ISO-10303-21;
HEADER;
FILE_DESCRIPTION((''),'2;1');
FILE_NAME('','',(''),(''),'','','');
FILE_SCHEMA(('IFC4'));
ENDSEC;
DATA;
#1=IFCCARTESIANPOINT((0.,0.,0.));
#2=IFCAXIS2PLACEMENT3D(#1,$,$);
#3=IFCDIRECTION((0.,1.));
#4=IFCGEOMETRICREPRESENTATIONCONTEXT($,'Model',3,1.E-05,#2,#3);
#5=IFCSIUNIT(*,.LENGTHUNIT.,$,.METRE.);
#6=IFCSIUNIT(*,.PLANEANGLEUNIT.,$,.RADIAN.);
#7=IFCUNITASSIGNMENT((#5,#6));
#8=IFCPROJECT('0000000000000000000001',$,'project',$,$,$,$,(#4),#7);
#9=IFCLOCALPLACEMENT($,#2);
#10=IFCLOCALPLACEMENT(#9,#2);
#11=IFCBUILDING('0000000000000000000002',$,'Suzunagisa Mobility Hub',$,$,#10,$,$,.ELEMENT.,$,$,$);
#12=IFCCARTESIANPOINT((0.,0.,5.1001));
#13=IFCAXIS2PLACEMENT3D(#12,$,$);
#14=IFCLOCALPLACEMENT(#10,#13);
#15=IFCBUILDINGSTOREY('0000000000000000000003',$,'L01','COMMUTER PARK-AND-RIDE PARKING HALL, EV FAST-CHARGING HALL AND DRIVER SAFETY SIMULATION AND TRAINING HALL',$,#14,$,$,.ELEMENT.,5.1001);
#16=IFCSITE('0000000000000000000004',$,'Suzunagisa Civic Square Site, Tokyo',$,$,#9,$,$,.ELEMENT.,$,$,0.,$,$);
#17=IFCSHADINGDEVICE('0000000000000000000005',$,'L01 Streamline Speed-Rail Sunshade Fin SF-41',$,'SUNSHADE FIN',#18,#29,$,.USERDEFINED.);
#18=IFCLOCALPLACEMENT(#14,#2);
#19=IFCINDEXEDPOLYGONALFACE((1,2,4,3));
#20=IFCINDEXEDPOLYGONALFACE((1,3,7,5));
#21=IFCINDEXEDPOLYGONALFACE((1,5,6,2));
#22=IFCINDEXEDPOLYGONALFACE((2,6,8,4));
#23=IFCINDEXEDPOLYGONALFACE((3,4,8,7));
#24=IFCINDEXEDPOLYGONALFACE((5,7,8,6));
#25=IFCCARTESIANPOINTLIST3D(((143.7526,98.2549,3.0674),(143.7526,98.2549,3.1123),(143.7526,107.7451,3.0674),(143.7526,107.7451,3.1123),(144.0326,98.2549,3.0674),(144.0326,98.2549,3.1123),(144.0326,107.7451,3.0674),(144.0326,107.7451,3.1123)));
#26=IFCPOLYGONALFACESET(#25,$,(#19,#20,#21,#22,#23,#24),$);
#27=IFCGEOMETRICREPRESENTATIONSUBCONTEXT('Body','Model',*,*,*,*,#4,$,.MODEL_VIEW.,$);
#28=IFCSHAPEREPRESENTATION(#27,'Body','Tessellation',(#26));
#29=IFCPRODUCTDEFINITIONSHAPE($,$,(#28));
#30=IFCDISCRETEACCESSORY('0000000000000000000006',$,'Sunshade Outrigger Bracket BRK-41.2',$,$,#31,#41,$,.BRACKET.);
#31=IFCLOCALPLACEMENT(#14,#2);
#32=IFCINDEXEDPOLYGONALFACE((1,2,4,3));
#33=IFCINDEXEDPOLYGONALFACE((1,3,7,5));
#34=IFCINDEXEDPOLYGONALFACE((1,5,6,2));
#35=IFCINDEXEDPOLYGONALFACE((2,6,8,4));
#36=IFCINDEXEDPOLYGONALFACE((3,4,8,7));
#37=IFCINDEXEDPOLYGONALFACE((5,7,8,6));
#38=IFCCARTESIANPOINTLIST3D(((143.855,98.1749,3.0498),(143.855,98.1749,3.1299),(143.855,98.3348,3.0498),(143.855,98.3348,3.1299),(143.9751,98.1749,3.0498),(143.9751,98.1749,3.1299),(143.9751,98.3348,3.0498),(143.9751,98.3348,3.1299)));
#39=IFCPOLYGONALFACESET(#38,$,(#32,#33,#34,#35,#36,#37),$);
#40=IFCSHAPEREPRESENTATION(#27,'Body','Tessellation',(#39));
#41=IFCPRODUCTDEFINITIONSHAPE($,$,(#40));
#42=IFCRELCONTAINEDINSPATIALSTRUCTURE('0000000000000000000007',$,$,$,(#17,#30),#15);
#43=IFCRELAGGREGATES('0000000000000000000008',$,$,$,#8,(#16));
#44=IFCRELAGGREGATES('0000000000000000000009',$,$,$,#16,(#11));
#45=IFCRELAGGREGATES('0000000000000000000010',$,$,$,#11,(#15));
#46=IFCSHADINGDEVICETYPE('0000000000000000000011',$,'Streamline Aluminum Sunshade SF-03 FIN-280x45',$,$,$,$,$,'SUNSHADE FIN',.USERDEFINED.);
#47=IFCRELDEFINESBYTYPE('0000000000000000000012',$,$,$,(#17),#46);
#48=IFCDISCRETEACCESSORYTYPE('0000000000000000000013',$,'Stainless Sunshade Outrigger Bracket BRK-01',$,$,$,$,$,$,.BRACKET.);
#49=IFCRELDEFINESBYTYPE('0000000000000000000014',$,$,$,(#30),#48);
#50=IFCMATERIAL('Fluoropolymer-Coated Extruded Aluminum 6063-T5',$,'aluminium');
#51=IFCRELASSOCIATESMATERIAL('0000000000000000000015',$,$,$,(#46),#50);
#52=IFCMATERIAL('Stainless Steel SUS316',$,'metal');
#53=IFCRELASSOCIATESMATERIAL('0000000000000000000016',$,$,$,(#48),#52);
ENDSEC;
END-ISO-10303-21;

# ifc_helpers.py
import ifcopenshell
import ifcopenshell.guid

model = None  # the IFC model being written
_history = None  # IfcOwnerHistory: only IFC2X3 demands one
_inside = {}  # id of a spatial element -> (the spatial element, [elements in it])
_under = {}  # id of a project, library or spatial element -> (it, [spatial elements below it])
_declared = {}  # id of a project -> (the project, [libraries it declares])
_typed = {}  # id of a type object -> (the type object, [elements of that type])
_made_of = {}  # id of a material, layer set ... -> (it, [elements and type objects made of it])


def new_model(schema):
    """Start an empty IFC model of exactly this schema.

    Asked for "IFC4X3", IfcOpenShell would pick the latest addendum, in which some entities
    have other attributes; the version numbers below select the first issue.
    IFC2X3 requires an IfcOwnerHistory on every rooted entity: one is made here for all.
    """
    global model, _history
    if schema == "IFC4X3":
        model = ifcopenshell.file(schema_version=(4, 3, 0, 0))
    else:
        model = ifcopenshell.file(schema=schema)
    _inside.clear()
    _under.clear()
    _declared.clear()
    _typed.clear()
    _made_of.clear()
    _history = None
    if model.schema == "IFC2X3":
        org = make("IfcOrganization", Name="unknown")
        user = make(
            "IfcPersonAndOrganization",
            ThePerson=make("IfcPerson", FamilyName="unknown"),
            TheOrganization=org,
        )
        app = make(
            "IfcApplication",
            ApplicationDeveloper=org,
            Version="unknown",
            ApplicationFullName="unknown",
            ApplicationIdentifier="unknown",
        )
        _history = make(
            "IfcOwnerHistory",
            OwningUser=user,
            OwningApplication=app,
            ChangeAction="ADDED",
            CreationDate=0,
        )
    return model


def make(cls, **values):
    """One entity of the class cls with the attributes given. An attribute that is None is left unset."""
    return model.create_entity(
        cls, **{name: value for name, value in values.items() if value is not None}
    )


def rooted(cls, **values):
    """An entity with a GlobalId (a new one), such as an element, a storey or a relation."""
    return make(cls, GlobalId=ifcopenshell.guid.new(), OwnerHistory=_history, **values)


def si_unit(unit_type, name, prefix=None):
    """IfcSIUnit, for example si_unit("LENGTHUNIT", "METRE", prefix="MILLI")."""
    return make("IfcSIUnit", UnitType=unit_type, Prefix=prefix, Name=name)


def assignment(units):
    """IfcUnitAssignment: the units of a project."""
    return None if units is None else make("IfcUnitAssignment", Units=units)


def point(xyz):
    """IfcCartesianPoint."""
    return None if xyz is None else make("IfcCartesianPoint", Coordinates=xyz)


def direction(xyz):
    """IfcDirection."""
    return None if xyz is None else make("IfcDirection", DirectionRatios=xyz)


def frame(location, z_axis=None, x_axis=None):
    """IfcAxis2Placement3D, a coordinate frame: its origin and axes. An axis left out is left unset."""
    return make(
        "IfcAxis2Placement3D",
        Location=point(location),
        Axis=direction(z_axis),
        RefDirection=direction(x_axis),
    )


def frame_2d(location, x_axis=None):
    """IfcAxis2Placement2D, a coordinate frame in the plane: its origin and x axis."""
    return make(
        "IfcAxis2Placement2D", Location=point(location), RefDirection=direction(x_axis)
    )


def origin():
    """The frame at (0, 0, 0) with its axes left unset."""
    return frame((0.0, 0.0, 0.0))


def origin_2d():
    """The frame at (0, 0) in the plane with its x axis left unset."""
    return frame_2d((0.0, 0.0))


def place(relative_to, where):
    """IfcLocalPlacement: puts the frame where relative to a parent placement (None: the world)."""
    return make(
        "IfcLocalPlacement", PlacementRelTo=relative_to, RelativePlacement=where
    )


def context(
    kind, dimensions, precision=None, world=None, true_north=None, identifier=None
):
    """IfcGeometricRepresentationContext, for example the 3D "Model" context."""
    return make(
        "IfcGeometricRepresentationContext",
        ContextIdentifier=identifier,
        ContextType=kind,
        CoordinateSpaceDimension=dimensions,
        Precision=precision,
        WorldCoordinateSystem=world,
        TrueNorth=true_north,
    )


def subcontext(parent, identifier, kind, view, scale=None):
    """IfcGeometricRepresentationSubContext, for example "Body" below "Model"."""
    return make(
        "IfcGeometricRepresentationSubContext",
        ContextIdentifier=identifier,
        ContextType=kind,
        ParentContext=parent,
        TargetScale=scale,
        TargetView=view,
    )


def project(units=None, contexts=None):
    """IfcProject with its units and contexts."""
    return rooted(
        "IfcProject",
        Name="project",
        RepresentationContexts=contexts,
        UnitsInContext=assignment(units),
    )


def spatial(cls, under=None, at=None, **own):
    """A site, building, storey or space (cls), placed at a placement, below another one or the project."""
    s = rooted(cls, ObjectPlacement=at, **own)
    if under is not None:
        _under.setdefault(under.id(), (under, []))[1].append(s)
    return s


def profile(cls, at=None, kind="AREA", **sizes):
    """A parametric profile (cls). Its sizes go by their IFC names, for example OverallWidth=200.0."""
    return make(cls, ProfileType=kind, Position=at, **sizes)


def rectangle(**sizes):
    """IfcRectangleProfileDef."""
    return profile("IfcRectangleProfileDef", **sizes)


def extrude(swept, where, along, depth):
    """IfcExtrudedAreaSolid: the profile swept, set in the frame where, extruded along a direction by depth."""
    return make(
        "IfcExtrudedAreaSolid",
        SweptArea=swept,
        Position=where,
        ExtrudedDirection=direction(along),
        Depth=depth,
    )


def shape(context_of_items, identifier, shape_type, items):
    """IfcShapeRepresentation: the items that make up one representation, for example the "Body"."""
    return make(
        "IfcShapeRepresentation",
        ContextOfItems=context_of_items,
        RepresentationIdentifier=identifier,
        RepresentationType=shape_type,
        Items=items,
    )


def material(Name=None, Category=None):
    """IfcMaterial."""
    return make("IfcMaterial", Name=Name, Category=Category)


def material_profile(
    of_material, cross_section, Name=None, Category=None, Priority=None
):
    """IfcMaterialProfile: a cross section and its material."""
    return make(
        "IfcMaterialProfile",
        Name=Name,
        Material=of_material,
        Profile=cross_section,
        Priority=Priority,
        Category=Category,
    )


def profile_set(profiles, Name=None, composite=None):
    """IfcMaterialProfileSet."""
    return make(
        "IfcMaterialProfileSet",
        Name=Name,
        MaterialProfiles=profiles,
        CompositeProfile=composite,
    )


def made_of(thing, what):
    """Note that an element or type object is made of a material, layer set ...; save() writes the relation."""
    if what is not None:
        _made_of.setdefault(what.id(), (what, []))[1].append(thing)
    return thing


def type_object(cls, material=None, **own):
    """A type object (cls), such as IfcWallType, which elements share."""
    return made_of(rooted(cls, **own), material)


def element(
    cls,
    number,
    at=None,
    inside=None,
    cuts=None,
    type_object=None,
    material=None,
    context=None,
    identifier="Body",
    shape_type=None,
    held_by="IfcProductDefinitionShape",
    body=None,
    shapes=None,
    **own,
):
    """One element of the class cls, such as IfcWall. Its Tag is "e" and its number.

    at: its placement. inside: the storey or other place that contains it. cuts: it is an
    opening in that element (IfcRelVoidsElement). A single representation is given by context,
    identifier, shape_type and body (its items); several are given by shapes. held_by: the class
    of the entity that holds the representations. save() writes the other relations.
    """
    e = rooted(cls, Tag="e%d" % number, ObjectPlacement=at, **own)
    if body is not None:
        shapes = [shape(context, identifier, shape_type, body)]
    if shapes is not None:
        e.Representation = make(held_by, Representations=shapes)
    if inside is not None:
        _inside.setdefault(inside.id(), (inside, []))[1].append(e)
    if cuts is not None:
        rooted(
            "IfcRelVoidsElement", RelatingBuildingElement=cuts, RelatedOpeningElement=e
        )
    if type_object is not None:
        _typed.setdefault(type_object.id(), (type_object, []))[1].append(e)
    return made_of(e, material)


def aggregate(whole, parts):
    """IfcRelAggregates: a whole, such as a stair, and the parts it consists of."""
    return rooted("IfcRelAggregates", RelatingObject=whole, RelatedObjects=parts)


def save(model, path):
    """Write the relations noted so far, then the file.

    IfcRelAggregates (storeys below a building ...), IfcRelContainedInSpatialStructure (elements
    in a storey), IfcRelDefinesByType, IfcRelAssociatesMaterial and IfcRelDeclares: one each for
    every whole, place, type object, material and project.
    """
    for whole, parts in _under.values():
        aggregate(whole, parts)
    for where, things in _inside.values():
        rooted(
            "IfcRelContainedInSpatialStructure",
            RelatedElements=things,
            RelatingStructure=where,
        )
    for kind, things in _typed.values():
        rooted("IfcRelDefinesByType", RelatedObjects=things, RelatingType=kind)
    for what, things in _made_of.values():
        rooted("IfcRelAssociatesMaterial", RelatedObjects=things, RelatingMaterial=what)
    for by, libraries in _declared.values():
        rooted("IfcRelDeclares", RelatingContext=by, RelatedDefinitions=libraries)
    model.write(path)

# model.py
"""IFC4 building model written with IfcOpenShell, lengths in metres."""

from ifc_helpers import new_model, si_unit, direction, frame, origin, origin_2d, place, context, subcontext, project, spatial, rectangle, extrude, material, material_profile, profile_set, type_object, element, save


model = new_model("IFC4")

# Units and contexts
model_context = context("Model", 3, precision=1e-05, world=origin(), true_north=direction((0.0, 1.0)))
body_context = subcontext(model_context, "Body", "Model", "MODEL_VIEW")
ifc_project = project(units=[si_unit("LENGTHUNIT", "METRE"), si_unit("PLANEANGLEUNIT", "RADIAN")], contexts=[model_context])

# Site, building, storey
site_placement = place(None, origin())
site = spatial("IfcSite", under=ifc_project, at=site_placement, Name="Suzunagisa Civic Square Site, Tokyo", CompositionType="ELEMENT", RefElevation=0.0)
building_placement = place(site_placement, origin())
building = spatial("IfcBuilding", under=site, at=building_placement, Name="Suzunagisa Mobility Hub", CompositionType="ELEMENT")
storey_placement = place(building_placement, frame((0.0, 0.0, 5.1001)))
storey = spatial("IfcBuildingStorey", under=building, at=storey_placement, Name="L01", Description="COMMUTER PARK-AND-RIDE PARKING HALL, EV FAST-CHARGING HALL AND DRIVER SAFETY SIMULATION AND TRAINING HALL", CompositionType="ELEMENT", Elevation=5.1001)

# Shading device
ifc_material_1 = material(Name="Fluoropolymer-Coated Extruded Aluminum 6063-T5", Category="aluminium")
ifc_material_profile_1 = material_profile(ifc_material_1, rectangle(XDim=0.28, YDim=0.0449, at=origin_2d()), Name="FIN-280x45")
ifc_profile_set_1 = profile_set([ifc_material_profile_1], Name="Fluoropolymer-Coated Extruded Aluminum 6063-T5")
shading_device_type = type_object("IfcShadingDeviceType", Name="Streamline Aluminum Sunshade SF-03 FIN-280x45", ElementType="SUNSHADE FIN", PredefinedType="USERDEFINED", material=ifc_profile_set_1)
shading_device_placement = place(storey_placement, frame((143.8926, 107.7451, 3.0898), z_axis=(0.0, -1.0, 0.0), x_axis=(1.0, 0.0, 0.0)))
element("IfcShadingDevice", 1, at=shading_device_placement, inside=storey, type_object=shading_device_type, Name="L01 Streamline Speed-Rail Sunshade Fin SF-41", ObjectType="SUNSHADE FIN", PredefinedType="USERDEFINED", context=body_context, shape_type="SweptSolid", body=[
    extrude(rectangle(XDim=0.28, YDim=0.0449, at=origin_2d()), origin(), (0.0, 0.0, 1.0), 9.4902),
])

# Discrete accessory
ifc_material_2 = material(Name="Stainless Steel SUS316", Category="metal")
discrete_accessory_type = type_object("IfcDiscreteAccessoryType", Name="Stainless Sunshade Outrigger Bracket BRK-01", PredefinedType="BRACKET", material=ifc_material_2)
discrete_accessory_placement = place(storey_placement, frame((143.915, 98.2549, 3.0498), z_axis=(0.0, 0.0, 1.0), x_axis=(0.0, -1.0, 0.0)))
element("IfcDiscreteAccessory", 2, at=discrete_accessory_placement, inside=storey, type_object=discrete_accessory_type, Name="Sunshade Outrigger Bracket BRK-41.2", PredefinedType="BRACKET", context=body_context, shape_type="SweptSolid", body=[
    extrude(rectangle(XDim=0.1599, YDim=0.1201, at=origin_2d()), origin(), (0.0, 0.0, 1.0), 0.0801),
])

save(model, "model.ifc")
